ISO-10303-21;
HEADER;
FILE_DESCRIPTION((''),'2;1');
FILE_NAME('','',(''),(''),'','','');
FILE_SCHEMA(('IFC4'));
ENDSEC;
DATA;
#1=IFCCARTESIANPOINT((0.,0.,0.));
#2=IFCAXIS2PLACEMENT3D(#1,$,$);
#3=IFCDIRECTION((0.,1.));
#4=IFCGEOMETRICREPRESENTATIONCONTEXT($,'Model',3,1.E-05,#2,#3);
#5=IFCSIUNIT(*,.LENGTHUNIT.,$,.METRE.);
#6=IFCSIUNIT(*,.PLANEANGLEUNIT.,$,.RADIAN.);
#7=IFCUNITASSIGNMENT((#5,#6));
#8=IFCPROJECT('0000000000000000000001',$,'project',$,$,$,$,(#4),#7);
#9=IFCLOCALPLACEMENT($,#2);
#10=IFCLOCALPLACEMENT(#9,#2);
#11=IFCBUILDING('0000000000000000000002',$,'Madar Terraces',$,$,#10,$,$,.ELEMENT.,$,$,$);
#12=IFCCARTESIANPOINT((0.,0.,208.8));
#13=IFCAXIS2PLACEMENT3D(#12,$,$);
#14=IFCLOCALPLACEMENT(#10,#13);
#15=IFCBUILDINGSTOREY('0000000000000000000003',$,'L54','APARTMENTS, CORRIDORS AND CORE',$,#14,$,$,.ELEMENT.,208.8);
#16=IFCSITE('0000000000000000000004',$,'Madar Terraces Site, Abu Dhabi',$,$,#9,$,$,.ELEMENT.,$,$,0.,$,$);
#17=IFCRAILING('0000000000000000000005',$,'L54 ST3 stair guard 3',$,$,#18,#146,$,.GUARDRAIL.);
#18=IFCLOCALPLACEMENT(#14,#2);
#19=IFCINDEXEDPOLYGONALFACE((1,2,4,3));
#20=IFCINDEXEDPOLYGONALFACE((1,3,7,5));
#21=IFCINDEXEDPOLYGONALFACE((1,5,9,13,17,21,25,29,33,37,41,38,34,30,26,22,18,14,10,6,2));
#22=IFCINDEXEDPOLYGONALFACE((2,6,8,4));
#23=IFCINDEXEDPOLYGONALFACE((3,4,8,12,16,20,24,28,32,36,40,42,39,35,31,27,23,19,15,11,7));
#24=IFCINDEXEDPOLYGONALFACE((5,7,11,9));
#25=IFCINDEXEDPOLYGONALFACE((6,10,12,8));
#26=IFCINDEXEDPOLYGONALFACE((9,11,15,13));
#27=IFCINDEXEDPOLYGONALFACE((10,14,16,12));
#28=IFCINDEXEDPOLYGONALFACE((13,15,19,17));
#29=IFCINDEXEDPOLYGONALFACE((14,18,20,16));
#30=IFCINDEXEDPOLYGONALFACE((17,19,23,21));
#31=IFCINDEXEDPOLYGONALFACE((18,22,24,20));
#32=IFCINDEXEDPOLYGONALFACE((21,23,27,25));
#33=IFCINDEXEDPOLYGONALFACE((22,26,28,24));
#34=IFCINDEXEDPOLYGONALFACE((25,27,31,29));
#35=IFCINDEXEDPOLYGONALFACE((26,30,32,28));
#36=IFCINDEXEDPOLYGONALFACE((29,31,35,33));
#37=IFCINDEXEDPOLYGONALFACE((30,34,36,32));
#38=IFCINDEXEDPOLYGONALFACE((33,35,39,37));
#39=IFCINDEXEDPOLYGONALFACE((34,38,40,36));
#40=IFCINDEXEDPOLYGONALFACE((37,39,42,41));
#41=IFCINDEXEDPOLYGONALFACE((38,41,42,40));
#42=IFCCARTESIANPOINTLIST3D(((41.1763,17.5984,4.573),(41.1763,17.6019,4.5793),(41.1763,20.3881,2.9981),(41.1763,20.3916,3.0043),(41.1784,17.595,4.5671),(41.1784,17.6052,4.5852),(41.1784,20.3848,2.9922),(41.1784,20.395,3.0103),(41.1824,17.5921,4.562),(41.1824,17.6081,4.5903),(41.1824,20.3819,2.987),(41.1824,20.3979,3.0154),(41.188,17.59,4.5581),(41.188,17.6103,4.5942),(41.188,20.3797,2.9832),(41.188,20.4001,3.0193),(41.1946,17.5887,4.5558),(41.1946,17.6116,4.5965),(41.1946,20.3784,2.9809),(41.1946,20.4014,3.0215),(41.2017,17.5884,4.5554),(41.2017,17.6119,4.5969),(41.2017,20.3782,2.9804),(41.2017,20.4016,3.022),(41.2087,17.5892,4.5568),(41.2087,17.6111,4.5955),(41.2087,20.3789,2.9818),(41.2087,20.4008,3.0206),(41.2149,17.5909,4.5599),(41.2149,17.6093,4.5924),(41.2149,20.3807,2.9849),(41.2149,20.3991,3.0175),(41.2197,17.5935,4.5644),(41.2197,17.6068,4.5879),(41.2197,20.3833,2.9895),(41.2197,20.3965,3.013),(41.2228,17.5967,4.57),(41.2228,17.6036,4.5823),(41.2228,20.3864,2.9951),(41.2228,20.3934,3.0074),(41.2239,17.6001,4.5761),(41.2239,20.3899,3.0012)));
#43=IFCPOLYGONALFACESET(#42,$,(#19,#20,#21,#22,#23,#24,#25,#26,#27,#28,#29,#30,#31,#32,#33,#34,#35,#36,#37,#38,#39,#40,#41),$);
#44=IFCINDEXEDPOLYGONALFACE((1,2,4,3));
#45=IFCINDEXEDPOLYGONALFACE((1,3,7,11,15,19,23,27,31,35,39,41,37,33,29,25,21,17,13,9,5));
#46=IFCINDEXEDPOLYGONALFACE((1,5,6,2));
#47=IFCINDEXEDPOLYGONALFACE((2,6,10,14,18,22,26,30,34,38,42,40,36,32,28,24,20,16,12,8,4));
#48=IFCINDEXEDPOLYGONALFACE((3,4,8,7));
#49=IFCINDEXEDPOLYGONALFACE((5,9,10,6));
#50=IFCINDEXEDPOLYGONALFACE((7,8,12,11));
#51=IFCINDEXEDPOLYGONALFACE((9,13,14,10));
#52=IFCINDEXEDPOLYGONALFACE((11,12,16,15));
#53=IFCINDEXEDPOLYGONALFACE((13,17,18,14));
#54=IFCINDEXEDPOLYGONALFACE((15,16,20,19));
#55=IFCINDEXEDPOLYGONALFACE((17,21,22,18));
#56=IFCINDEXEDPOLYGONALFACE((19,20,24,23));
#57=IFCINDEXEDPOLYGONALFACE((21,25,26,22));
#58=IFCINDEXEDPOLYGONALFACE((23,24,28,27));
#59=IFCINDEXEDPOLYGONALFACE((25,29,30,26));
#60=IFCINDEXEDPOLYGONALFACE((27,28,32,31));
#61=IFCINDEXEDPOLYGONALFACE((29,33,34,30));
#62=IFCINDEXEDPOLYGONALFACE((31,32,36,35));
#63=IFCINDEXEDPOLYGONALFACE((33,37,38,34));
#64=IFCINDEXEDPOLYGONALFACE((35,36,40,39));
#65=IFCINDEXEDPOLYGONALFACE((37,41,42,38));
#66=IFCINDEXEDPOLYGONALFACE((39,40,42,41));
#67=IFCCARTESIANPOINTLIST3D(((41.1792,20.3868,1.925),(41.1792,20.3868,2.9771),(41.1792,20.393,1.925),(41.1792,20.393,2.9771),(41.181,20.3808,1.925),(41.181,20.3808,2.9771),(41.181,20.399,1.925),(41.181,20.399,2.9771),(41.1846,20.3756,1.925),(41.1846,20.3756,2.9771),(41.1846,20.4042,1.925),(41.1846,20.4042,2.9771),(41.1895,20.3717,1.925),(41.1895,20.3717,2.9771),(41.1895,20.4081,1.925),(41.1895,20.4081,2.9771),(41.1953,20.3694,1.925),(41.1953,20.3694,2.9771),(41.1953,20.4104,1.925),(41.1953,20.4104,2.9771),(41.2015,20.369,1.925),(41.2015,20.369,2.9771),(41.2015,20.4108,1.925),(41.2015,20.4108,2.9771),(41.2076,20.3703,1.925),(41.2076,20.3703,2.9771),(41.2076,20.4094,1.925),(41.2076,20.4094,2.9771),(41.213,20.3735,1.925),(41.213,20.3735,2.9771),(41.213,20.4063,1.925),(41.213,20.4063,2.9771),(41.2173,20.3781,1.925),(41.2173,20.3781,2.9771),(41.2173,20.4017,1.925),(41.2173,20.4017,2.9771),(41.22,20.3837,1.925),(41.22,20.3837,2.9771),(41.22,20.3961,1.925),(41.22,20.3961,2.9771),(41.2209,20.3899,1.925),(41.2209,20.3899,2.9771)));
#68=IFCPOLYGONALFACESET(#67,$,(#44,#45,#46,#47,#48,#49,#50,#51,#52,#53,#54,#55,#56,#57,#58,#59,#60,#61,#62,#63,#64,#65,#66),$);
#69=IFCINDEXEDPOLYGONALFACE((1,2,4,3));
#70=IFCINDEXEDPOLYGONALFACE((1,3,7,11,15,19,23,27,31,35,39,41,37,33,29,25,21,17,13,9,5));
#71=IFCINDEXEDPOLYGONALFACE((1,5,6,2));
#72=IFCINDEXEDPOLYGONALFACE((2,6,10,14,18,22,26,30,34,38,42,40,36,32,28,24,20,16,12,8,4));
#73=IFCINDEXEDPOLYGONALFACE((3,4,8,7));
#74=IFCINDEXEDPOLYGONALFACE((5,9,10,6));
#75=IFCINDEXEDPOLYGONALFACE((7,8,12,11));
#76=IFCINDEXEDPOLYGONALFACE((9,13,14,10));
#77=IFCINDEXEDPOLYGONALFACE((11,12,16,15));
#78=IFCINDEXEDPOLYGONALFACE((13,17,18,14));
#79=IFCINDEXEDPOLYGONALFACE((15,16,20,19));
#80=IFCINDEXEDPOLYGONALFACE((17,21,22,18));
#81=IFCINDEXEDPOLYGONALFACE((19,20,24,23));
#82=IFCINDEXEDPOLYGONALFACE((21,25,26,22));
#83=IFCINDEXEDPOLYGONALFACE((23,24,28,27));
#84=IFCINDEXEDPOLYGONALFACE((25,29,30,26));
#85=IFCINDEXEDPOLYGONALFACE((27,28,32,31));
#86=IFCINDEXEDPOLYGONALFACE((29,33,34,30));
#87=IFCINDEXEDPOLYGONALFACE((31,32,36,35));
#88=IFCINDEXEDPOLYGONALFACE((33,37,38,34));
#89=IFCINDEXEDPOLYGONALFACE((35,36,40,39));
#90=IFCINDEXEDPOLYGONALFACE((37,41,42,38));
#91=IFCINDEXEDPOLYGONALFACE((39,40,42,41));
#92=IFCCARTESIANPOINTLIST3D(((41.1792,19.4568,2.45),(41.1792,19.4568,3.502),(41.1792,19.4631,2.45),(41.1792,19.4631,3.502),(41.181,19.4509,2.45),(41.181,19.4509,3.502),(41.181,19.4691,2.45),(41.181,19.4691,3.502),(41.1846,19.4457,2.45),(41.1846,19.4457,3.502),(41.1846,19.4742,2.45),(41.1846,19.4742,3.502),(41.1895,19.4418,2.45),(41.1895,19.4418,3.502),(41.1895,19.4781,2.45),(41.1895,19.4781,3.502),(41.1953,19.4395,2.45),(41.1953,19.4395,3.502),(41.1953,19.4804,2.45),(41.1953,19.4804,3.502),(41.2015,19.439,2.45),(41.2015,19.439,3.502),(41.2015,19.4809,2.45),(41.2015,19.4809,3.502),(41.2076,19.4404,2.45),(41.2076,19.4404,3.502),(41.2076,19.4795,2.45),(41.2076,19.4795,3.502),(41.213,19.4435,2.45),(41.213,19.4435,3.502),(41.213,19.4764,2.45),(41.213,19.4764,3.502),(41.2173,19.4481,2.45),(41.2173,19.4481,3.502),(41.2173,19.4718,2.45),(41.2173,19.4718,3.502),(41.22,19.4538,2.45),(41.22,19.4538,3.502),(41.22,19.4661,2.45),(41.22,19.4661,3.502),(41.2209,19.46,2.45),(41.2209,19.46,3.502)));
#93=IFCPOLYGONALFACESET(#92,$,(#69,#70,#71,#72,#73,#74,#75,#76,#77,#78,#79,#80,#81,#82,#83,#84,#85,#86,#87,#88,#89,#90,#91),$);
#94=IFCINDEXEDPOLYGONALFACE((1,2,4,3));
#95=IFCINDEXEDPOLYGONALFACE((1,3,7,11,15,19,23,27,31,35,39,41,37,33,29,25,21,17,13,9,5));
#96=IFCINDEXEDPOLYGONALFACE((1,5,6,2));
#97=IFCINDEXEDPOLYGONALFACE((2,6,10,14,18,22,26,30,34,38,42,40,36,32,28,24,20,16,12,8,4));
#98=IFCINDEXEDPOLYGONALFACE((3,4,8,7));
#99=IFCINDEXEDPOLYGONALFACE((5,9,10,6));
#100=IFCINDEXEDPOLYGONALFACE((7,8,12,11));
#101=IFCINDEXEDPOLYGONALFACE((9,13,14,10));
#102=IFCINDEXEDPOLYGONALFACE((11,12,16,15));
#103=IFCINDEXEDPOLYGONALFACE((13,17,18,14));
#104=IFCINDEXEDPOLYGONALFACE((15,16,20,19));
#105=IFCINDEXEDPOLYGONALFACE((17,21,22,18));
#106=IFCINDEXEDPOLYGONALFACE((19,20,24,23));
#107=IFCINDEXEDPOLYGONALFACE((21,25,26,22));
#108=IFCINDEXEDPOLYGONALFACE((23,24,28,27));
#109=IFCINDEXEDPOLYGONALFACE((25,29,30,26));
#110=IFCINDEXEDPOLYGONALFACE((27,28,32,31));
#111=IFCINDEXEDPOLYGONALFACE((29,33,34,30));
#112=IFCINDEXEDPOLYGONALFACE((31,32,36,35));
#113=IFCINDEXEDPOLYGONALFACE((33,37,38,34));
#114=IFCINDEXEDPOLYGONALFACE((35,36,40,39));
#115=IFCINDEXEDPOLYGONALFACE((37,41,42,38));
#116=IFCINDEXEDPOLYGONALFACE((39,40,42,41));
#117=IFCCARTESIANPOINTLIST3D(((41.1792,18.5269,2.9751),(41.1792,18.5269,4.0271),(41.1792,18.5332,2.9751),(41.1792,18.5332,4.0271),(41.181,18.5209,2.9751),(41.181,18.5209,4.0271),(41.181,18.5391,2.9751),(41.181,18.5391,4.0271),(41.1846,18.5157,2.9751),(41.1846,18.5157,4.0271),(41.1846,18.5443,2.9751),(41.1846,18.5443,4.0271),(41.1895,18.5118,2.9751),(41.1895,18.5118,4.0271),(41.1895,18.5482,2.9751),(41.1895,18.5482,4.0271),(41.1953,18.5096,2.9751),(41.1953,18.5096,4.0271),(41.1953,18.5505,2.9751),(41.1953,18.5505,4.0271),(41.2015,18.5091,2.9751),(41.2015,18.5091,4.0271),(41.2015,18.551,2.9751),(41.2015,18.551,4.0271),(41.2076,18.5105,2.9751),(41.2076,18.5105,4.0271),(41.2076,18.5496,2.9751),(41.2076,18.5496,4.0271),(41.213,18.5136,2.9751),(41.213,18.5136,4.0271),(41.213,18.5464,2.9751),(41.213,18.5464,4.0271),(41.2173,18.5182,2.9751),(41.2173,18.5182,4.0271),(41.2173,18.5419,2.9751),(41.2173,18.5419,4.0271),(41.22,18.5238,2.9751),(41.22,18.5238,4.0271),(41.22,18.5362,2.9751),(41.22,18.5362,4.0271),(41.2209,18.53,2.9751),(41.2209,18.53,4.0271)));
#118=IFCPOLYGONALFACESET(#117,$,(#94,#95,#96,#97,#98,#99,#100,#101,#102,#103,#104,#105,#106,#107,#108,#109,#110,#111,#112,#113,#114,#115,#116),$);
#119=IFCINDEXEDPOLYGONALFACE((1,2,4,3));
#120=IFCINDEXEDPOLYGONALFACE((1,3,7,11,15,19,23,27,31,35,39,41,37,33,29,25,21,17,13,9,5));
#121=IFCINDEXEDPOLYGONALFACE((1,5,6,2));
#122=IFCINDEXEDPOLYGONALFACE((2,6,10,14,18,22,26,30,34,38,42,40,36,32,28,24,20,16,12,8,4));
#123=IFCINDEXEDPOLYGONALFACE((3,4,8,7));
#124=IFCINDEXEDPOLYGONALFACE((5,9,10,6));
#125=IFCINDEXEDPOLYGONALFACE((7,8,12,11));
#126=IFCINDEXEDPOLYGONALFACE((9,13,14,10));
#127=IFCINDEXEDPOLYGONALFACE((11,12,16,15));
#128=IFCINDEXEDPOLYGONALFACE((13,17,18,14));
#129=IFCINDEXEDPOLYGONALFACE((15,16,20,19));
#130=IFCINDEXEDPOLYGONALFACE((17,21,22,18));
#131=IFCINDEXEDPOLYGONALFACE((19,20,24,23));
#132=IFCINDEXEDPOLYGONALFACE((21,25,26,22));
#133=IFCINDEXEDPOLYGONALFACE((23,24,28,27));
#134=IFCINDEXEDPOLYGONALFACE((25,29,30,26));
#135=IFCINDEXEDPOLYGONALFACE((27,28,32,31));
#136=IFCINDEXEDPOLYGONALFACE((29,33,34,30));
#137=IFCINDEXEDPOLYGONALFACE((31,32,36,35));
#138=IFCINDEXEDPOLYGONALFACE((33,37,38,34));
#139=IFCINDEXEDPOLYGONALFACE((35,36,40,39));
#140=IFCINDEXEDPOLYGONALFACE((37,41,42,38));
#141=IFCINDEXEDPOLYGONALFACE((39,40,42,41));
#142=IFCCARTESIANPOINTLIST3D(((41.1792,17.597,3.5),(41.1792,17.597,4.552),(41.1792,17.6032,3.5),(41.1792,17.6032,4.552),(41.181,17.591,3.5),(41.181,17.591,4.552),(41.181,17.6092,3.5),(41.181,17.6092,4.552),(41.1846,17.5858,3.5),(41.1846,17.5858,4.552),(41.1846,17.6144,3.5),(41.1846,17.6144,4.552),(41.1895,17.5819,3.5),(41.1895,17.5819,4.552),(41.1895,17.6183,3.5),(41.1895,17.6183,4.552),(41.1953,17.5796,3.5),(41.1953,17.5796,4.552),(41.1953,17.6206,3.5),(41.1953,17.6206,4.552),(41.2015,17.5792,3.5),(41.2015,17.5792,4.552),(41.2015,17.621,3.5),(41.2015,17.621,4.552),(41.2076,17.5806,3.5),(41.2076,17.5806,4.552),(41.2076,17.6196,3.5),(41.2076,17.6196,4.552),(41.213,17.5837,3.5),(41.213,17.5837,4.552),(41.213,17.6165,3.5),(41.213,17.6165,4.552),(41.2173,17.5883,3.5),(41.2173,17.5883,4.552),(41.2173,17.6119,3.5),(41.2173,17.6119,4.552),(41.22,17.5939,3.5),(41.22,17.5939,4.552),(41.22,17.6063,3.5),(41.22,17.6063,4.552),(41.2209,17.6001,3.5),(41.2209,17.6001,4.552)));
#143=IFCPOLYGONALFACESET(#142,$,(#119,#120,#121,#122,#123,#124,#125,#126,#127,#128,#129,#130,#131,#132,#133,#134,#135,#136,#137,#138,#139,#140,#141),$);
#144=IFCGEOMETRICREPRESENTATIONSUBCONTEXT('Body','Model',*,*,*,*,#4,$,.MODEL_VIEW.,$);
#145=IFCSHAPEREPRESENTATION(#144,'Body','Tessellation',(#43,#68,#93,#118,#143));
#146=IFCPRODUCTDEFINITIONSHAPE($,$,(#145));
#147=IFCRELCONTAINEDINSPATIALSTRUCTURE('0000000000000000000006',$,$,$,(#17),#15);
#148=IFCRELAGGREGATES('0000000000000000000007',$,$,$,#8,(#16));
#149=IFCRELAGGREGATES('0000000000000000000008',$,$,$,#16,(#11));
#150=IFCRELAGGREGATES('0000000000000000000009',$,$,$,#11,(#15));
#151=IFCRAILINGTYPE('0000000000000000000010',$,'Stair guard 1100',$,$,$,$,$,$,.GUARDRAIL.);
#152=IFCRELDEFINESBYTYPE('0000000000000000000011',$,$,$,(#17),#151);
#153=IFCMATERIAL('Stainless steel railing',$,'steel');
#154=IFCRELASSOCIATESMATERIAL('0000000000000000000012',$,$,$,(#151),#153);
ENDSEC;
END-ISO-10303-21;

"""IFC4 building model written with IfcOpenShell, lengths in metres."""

from ifc_helpers import new_model, si_unit, direction, frame, origin, origin_2d, place, context, subcontext, project, spatial, circle, extrude, material, type_object, element, save


model = new_model("IFC4")

# Units and contexts
model_context = context("Model", 3, precision=1e-05, world=origin(), true_north=direction((0.0, 1.0)))
body_context = subcontext(model_context, "Body", "Model", "MODEL_VIEW")
ifc_project = project(units=[si_unit("LENGTHUNIT", "METRE"), si_unit("PLANEANGLEUNIT", "RADIAN")], contexts=[model_context])

# Site, building, storey
site_placement = place(None, origin())
site = spatial("IfcSite", under=ifc_project, at=site_placement, Name="Madar Terraces Site, Abu Dhabi", CompositionType="ELEMENT", RefElevation=0.0)
building_placement = place(site_placement, origin())
building = spatial("IfcBuilding", under=site, at=building_placement, Name="Madar Terraces", CompositionType="ELEMENT")
storey_placement = place(building_placement, frame((0.0, 0.0, 208.8)))
storey = spatial("IfcBuildingStorey", under=building, at=storey_placement, Name="L54", Description="APARTMENTS, CORRIDORS AND CORE", CompositionType="ELEMENT", Elevation=208.8)

# Railing
ifc_material_1 = material(Name="Stainless steel railing", Category="steel")
railing_type_1 = type_object("IfcRailingType", Name="Stair guard 1100", PredefinedType="GUARDRAIL", material=ifc_material_1)
railing_1_placement = place(storey_placement, frame((41.2, 20.3899, 1.925)))
element("IfcRailing", 1, at=railing_1_placement, inside=storey, type_object=railing_type_1, Name="L54 ST3 stair guard 3", PredefinedType="GUARDRAIL", context=body_context, shape_type="SweptSolid", body=[
    extrude(circle(Radius=0.0239, at=origin_2d()), frame((0.0, 0.0, 1.0762), z_axis=(0.0, -0.870815, 0.49161), x_axis=(1.0, 0.0, 0.0)), (0.0, 0.0, 1.0), 3.2036),
    extrude(circle(Radius=0.021, at=origin_2d()), origin(), (0.0, 0.0, 1.0), 1.052),
    extrude(circle(Radius=0.021, at=origin_2d()), frame((0.0, -0.9299, 0.5249)), (0.0, 0.0, 1.0), 1.052),
    extrude(circle(Radius=0.021, at=origin_2d()), frame((0.0, -1.8599, 1.05)), (0.0, 0.0, 1.0), 1.052),
    extrude(circle(Radius=0.021, at=origin_2d()), frame((0.0, -2.7898, 1.575)), (0.0, 0.0, 1.0), 1.052),
])

save(model, "model.ifc")
